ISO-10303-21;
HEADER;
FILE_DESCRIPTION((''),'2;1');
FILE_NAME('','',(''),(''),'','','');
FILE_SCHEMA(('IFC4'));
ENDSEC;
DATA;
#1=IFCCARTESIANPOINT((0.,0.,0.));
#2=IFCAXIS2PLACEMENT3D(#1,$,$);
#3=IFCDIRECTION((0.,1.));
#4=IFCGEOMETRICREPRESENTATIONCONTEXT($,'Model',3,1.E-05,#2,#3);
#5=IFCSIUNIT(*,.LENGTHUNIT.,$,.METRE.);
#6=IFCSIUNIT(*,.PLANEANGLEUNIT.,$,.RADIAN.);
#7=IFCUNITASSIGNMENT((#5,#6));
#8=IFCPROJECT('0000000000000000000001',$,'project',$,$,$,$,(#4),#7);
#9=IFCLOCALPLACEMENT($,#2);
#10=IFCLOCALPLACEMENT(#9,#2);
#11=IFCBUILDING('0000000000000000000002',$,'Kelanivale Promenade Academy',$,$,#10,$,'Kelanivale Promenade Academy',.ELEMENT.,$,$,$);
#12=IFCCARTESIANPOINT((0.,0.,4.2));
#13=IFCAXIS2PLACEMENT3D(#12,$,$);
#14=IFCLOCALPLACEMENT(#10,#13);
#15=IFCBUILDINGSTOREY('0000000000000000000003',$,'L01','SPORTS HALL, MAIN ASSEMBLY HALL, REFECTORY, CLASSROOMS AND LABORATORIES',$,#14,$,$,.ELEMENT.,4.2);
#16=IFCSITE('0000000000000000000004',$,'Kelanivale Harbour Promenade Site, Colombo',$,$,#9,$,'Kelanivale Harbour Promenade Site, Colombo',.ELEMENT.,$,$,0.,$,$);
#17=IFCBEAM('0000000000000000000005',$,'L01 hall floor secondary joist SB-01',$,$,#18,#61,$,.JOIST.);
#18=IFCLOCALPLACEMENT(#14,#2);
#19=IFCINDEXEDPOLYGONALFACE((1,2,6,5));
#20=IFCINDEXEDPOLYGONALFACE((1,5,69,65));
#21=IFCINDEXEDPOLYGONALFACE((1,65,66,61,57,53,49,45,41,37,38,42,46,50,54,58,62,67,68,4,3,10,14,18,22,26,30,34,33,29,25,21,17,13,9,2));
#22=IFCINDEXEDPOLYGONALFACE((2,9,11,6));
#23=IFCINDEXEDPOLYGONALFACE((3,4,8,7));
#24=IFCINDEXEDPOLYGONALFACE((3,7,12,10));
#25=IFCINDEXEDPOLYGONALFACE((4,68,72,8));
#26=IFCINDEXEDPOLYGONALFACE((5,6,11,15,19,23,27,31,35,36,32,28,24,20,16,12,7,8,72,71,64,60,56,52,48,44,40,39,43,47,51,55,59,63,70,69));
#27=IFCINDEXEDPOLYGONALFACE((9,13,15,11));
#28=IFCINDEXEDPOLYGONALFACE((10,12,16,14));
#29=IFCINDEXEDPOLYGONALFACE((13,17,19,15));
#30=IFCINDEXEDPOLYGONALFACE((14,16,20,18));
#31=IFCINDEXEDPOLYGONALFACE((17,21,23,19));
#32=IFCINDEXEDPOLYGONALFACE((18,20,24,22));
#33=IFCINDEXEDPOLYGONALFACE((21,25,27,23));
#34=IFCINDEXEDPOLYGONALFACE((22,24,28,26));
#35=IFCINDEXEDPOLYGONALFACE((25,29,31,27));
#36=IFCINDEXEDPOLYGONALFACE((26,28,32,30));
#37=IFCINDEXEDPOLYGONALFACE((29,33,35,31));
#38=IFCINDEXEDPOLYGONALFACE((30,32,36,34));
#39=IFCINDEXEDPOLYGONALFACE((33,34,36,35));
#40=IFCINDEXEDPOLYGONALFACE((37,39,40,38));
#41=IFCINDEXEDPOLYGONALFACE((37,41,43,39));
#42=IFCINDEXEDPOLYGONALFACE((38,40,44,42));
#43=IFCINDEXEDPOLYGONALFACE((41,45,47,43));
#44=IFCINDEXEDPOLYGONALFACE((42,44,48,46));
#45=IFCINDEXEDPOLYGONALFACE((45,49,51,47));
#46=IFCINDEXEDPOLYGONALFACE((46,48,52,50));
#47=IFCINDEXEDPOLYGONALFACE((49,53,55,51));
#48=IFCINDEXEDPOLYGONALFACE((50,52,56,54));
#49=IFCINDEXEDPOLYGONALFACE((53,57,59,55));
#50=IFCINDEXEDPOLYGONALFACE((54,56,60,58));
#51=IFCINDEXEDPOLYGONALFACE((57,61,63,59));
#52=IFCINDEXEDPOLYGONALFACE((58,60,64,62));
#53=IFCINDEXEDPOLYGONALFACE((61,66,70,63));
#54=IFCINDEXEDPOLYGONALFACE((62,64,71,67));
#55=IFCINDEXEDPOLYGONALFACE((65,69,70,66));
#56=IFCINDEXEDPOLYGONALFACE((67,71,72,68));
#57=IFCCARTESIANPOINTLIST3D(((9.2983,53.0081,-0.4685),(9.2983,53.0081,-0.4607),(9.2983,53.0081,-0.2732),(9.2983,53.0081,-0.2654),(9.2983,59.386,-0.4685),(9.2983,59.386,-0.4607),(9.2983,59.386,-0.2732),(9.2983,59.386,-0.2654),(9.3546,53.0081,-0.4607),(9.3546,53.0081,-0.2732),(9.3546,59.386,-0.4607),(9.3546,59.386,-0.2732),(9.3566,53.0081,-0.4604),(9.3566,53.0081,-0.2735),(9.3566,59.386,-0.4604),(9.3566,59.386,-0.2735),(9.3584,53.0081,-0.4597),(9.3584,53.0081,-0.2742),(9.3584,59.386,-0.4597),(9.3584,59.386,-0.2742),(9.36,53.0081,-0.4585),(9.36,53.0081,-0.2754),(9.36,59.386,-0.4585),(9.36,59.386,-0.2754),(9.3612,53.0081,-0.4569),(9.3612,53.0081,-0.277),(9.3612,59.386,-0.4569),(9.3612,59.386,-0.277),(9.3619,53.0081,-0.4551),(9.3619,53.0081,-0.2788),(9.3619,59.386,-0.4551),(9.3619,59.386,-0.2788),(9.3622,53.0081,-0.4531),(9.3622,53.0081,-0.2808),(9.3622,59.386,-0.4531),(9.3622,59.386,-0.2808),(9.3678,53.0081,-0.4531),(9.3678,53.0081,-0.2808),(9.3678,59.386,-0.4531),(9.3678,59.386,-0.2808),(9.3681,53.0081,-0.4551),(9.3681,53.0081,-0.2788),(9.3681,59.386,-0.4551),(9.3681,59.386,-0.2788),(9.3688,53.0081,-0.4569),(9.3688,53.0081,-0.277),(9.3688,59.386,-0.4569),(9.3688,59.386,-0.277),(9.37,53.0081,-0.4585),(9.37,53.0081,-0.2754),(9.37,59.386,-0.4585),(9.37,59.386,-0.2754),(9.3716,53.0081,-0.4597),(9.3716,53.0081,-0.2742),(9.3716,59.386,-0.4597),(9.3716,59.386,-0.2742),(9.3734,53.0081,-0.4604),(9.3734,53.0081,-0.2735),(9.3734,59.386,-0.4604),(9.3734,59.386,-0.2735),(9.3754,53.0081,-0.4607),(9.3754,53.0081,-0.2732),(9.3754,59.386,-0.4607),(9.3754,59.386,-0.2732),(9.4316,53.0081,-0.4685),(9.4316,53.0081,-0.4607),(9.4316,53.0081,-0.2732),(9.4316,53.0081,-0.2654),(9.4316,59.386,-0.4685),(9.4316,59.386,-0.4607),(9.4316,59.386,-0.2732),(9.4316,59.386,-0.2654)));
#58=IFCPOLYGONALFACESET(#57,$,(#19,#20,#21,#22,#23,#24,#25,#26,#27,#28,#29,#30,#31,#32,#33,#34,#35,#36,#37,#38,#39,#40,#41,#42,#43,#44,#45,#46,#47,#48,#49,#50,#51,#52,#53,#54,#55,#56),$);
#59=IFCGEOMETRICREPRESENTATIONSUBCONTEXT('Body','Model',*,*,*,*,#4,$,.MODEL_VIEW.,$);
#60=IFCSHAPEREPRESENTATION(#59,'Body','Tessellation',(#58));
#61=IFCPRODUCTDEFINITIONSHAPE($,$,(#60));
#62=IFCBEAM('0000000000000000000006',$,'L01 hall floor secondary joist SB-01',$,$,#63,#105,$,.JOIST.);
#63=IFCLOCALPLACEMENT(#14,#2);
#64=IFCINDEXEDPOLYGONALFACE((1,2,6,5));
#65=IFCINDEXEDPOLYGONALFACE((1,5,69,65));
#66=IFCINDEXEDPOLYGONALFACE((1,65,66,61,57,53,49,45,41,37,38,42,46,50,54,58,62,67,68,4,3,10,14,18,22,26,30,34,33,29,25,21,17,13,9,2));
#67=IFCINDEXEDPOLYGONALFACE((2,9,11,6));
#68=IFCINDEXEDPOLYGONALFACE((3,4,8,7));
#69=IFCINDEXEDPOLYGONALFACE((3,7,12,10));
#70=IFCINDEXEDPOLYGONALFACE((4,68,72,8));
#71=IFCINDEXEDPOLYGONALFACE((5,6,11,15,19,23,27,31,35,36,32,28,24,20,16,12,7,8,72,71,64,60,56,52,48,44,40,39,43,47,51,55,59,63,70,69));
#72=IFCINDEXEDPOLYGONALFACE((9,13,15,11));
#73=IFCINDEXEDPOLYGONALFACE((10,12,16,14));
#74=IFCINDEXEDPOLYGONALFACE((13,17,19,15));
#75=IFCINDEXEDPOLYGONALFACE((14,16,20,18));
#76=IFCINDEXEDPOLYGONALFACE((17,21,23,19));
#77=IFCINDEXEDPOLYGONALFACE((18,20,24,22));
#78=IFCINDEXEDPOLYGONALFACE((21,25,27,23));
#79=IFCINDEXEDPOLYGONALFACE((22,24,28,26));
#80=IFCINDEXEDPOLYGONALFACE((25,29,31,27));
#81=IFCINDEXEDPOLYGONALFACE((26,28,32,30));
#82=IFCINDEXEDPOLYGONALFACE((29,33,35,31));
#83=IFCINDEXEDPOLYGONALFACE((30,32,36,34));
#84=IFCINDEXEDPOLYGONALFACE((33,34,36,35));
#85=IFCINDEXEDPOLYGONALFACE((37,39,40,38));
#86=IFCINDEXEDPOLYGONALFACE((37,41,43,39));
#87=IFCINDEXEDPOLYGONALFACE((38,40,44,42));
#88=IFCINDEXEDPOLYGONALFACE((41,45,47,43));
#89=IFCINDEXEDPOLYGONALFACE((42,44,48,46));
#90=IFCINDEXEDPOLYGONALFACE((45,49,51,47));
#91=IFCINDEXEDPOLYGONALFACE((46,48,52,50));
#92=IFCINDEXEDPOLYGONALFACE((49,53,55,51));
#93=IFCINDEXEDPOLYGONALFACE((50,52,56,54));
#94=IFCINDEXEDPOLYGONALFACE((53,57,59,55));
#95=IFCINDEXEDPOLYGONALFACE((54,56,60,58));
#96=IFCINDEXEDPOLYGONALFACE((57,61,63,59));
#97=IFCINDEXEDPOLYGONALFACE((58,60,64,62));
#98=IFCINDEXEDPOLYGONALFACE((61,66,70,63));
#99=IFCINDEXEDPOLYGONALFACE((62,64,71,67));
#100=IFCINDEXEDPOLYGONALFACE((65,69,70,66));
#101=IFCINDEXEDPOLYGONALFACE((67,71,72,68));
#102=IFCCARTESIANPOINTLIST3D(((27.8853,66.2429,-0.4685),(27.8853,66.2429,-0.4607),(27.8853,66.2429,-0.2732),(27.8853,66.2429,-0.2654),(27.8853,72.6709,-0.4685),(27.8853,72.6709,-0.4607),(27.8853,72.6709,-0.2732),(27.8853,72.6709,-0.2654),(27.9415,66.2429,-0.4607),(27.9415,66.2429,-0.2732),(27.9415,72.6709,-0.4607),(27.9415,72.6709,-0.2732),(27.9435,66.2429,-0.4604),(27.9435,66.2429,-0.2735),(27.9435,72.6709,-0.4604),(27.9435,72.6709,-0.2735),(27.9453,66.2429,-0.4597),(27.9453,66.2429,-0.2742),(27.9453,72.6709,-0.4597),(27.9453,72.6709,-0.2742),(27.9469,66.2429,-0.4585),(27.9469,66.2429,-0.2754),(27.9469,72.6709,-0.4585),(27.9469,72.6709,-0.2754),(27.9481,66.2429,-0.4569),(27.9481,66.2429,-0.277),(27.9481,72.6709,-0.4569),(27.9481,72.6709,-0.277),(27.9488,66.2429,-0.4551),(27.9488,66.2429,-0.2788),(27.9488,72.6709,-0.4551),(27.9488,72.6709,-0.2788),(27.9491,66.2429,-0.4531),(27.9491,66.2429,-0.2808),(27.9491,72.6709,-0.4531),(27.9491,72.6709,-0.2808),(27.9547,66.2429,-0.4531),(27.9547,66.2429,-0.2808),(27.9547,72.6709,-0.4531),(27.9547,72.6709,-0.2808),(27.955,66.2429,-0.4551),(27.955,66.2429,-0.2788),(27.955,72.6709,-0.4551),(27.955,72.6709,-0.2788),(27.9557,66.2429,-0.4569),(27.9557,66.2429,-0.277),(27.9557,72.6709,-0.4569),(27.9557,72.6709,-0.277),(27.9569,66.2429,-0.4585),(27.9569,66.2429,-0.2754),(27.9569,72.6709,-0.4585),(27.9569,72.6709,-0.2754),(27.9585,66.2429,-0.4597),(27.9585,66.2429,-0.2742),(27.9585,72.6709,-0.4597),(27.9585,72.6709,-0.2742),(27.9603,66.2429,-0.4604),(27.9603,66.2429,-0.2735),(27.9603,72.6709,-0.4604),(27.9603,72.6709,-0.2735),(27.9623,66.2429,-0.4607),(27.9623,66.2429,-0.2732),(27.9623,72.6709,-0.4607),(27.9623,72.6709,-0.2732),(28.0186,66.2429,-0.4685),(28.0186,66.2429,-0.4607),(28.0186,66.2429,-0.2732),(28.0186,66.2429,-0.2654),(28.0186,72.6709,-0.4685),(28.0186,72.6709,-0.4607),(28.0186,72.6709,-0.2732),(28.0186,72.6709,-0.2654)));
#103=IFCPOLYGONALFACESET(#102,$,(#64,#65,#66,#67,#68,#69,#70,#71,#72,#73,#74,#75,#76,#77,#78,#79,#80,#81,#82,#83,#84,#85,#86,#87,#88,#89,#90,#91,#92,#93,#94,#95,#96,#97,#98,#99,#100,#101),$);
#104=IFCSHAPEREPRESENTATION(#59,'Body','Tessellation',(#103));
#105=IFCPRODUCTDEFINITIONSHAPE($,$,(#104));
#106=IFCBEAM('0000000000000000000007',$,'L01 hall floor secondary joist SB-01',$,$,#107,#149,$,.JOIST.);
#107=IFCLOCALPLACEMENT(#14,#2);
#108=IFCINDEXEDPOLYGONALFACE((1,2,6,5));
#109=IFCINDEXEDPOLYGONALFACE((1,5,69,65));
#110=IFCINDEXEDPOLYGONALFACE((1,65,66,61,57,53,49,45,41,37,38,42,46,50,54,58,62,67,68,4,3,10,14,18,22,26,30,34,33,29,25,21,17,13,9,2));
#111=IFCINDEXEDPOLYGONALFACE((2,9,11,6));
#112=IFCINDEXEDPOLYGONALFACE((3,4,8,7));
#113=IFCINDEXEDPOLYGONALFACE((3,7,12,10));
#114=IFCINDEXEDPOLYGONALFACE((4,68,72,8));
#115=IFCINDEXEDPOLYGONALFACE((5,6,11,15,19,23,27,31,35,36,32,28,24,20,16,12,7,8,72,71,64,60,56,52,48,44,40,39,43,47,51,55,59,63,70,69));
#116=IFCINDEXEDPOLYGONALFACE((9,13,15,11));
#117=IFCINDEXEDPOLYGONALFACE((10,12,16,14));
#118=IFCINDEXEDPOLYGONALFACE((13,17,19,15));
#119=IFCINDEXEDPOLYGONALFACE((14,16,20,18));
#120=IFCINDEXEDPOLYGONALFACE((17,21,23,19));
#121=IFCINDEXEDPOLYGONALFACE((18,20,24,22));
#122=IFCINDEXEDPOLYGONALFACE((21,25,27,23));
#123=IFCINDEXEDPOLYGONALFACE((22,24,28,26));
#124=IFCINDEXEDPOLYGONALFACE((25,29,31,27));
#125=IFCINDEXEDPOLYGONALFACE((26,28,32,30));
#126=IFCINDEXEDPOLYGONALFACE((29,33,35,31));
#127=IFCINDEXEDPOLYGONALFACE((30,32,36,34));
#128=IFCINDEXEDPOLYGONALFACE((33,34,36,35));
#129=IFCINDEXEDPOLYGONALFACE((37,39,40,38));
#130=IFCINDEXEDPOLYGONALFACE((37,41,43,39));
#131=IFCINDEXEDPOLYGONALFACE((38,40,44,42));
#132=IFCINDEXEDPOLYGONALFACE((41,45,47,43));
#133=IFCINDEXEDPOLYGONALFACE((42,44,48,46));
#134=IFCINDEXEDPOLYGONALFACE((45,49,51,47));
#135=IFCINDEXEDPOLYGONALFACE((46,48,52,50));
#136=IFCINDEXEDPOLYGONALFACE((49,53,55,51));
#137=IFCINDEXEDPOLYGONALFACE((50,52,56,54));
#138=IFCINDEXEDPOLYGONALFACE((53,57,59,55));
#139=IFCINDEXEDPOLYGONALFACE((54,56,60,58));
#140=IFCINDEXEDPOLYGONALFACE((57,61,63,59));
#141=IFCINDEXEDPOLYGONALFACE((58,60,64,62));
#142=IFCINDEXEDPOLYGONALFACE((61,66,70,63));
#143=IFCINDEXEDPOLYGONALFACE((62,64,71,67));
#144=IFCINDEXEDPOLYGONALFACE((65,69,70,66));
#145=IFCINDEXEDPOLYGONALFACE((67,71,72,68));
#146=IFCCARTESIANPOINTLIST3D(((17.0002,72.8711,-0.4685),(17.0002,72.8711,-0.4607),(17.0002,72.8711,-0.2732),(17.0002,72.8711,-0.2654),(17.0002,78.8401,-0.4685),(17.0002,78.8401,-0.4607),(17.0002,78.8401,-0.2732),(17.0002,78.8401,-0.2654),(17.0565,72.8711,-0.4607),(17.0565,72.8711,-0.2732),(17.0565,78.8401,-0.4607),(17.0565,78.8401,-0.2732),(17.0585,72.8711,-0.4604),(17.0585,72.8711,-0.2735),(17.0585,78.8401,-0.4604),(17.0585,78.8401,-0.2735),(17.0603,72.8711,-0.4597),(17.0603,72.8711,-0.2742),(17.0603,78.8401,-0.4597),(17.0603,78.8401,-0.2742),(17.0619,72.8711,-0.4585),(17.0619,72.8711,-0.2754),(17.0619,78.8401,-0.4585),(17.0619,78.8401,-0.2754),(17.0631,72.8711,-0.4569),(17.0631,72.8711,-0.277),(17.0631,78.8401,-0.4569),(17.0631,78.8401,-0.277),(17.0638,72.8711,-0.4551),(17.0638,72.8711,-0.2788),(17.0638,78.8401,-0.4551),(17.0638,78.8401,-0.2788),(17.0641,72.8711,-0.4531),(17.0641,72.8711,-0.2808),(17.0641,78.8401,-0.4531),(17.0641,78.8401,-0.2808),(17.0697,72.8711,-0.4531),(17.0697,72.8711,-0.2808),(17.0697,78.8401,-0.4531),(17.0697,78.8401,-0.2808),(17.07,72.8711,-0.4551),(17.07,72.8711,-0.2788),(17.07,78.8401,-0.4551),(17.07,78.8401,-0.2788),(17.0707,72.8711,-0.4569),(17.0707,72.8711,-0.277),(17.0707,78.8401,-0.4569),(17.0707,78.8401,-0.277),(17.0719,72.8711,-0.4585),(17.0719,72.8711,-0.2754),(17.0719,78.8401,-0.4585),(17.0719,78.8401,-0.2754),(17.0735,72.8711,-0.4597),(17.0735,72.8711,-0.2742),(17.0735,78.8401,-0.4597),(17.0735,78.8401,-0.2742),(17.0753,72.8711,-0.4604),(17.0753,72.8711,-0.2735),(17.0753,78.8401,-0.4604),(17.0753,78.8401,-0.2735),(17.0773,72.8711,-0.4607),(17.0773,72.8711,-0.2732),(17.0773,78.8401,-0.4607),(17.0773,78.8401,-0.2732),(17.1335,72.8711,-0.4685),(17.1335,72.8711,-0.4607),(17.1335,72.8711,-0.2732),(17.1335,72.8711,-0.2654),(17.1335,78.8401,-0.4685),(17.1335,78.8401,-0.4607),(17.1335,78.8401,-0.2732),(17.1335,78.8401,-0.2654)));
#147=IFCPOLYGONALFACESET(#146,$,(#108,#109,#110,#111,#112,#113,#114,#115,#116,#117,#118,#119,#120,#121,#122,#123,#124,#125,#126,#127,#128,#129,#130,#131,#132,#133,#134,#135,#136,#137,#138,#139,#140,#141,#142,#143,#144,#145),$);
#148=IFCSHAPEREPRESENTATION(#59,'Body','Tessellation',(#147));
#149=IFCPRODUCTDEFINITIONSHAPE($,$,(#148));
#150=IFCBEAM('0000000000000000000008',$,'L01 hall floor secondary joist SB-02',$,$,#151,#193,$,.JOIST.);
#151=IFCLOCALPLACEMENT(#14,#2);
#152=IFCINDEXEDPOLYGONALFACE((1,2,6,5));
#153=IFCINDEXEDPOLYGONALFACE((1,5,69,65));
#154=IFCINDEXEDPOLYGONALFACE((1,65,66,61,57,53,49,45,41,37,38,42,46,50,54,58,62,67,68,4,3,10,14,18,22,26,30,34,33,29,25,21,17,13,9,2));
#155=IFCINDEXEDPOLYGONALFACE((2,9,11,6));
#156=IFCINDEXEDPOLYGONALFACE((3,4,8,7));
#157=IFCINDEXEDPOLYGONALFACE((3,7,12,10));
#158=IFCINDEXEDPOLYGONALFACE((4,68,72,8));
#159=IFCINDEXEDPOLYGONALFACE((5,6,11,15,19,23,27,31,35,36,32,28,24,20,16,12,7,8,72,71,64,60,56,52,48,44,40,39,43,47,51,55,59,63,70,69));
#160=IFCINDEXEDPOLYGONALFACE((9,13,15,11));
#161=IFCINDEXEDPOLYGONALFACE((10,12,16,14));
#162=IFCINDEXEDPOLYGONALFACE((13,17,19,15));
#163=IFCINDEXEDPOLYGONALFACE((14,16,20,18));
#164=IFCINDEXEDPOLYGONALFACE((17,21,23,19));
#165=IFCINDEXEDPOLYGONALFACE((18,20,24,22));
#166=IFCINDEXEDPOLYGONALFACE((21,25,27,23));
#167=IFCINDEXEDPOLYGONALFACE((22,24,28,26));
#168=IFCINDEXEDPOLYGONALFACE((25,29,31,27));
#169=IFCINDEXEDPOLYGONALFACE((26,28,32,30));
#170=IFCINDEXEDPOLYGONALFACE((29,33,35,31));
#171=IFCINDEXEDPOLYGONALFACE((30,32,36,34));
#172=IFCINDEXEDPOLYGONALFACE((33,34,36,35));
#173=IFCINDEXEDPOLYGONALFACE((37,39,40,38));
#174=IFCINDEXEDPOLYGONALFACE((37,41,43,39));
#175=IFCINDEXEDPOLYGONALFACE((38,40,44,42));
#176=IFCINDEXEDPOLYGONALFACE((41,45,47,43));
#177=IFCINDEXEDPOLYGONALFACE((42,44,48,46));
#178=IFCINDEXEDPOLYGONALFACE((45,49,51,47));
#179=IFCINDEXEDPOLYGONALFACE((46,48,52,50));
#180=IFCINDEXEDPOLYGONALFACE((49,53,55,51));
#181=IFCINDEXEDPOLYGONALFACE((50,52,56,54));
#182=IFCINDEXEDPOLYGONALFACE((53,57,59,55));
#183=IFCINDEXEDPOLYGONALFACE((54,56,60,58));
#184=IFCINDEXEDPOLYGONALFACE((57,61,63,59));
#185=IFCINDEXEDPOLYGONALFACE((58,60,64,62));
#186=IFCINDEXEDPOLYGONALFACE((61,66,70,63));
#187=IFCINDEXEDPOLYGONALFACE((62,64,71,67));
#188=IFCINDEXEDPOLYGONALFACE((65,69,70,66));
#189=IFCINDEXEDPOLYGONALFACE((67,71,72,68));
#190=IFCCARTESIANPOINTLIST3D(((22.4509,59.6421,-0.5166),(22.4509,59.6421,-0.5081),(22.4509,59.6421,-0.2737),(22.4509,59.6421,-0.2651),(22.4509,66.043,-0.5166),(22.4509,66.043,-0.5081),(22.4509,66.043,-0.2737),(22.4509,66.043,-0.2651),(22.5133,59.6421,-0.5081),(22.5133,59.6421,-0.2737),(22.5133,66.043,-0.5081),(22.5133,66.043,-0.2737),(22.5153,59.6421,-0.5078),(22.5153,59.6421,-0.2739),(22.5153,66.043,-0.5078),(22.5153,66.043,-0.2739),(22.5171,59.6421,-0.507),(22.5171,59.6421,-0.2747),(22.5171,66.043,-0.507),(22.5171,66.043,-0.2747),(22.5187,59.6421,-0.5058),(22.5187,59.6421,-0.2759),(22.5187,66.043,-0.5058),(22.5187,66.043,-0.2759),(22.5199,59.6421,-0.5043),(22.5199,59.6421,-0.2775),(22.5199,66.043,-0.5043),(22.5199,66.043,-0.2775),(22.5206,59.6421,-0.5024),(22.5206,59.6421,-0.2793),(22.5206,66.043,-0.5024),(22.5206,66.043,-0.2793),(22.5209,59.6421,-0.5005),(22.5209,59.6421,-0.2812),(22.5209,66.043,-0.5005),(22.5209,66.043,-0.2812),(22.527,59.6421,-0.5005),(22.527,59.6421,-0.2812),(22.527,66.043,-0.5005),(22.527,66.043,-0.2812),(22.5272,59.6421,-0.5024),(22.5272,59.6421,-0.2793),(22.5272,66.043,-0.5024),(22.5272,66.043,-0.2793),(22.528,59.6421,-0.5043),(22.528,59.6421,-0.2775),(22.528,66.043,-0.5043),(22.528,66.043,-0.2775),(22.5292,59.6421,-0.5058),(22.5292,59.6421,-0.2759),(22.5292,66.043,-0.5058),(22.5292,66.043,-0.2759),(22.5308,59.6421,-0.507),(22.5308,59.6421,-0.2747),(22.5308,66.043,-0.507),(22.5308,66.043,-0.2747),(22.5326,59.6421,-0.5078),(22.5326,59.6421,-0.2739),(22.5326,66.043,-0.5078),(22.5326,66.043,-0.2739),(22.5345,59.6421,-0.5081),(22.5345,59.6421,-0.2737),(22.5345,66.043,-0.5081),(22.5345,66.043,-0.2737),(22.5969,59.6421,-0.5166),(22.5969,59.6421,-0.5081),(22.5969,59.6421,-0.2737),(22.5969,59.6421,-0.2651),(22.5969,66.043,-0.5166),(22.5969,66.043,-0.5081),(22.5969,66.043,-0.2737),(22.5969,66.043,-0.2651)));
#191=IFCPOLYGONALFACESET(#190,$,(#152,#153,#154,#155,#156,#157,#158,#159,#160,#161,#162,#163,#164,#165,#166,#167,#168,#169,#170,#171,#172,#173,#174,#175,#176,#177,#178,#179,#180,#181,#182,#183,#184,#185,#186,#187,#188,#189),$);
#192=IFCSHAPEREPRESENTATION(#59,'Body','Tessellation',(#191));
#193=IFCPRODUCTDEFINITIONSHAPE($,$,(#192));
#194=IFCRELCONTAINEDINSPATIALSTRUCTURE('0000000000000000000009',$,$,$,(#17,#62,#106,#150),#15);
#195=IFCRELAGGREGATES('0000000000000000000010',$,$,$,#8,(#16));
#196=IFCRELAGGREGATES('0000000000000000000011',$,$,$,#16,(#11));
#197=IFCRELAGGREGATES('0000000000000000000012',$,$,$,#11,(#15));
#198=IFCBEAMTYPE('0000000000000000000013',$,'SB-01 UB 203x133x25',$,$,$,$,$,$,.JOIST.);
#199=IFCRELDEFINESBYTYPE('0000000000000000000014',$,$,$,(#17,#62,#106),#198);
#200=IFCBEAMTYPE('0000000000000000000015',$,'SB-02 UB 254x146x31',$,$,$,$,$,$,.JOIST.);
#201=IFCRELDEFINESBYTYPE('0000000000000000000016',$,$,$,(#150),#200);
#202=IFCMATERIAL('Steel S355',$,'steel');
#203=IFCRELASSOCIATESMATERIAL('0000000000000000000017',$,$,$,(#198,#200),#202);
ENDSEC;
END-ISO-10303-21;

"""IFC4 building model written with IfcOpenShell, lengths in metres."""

from ifc_helpers import new_model, si_unit, direction, frame, origin, origin_2d, place, context, subcontext, project, spatial, i_section, extrude, material, material_profile, profile_set, type_object, element, save


model = new_model("IFC4")

# Units and contexts
model_context = context("Model", 3, precision=1e-05, world=origin(), true_north=direction((0.0, 1.0)))
body_context = subcontext(model_context, "Body", "Model", "MODEL_VIEW")
ifc_project = project(units=[si_unit("LENGTHUNIT", "METRE"), si_unit("PLANEANGLEUNIT", "RADIAN")], contexts=[model_context])

# Site, building, storey
site_placement = place(None, origin())
site = spatial("IfcSite", under=ifc_project, at=site_placement, Name="Kelanivale Harbour Promenade Site, Colombo", LongName="Kelanivale Harbour Promenade Site, Colombo", CompositionType="ELEMENT", RefElevation=0.0)
building_placement = place(site_placement, origin())
building = spatial("IfcBuilding", under=site, at=building_placement, Name="Kelanivale Promenade Academy", LongName="Kelanivale Promenade Academy", CompositionType="ELEMENT")
storey_placement = place(building_placement, frame((0.0, 0.0, 4.2)))
storey = spatial("IfcBuildingStorey", under=building, at=storey_placement, Name="L01", Description="SPORTS HALL, MAIN ASSEMBLY HALL, REFECTORY, CLASSROOMS AND LABORATORIES", CompositionType="ELEMENT", Elevation=4.2)

# Shared definitions
ifc_material_1 = material(Name="Steel S355", Category="steel")

# Beams
ifc_material_profile_1 = material_profile(ifc_material_1, i_section(OverallWidth=0.1333, OverallDepth=0.2031, WebThickness=0.0056, FlangeThickness=0.0078, FilletRadius=0.0076, at=origin_2d()), Name="UB 203x133x25")
ifc_profile_set_1 = profile_set([ifc_material_profile_1], Name="Steel S355")
beam_type_1 = type_object("IfcBeamType", Name="SB-01 UB 203x133x25", PredefinedType="JOIST", material=ifc_profile_set_1)
beam_1_placement = place(storey_placement, frame((9.365, 53.0081, -0.3669), z_axis=(0.0, 1.0, 0.0), x_axis=(-1.0, 0.0, 0.0)))
element("IfcBeam", 1, at=beam_1_placement, inside=storey, type_object=beam_type_1, Name="L01 hall floor secondary joist SB-01", PredefinedType="JOIST", context=body_context, shape_type="SweptSolid", body=[
    extrude(i_section(OverallWidth=0.1333, OverallDepth=0.2031, WebThickness=0.0056, FlangeThickness=0.0078, FilletRadius=0.0076, at=origin_2d()), origin(), (0.0, 0.0, 1.0), 6.3779),
])
beam_2_placement = place(storey_placement, frame((27.9519, 66.2429, -0.3669), z_axis=(0.0, 1.0, 0.0), x_axis=(-1.0, 0.0, 0.0)))
element("IfcBeam", 2, at=beam_2_placement, inside=storey, type_object=beam_type_1, Name="L01 hall floor secondary joist SB-01", PredefinedType="JOIST", context=body_context, shape_type="SweptSolid", body=[
    extrude(i_section(OverallWidth=0.1333, OverallDepth=0.2031, WebThickness=0.0056, FlangeThickness=0.0078, FilletRadius=0.0076, at=origin_2d()), origin(), (0.0, 0.0, 1.0), 6.428),
])
beam_3_placement = place(storey_placement, frame((17.0669, 72.8711, -0.3669), z_axis=(0.0, 1.0, 0.0), x_axis=(-1.0, 0.0, 0.0)))
element("IfcBeam", 3, at=beam_3_placement, inside=storey, type_object=beam_type_1, Name="L01 hall floor secondary joist SB-01", PredefinedType="JOIST", context=body_context, shape_type="SweptSolid", body=[
    extrude(i_section(OverallWidth=0.1333, OverallDepth=0.2031, WebThickness=0.0056, FlangeThickness=0.0078, FilletRadius=0.0076, at=origin_2d()), origin(), (0.0, 0.0, 1.0), 5.969),
])
ifc_material_profile_2 = material_profile(ifc_material_1, i_section(OverallWidth=0.146, OverallDepth=0.2515, WebThickness=0.0061, FlangeThickness=0.0085, FilletRadius=0.0076, at=origin_2d()), Name="UB 254x146x31")
ifc_profile_set_2 = profile_set([ifc_material_profile_2], Name="Steel S355")
beam_type_2 = type_object("IfcBeamType", Name="SB-02 UB 254x146x31", PredefinedType="JOIST", material=ifc_profile_set_2)
beam_4_placement = place(storey_placement, frame((22.5239, 59.6421, -0.3909), z_axis=(0.0, 1.0, 0.0), x_axis=(-1.0, 0.0, 0.0)))
element("IfcBeam", 4, at=beam_4_placement, inside=storey, type_object=beam_type_2, Name="L01 hall floor secondary joist SB-02", PredefinedType="JOIST", context=body_context, shape_type="SweptSolid", body=[
    extrude(i_section(OverallWidth=0.146, OverallDepth=0.2515, WebThickness=0.0061, FlangeThickness=0.0085, FilletRadius=0.0076, at=origin_2d()), origin(), (0.0, 0.0, 1.0), 6.4009),
])

save(model, "model.ifc")
